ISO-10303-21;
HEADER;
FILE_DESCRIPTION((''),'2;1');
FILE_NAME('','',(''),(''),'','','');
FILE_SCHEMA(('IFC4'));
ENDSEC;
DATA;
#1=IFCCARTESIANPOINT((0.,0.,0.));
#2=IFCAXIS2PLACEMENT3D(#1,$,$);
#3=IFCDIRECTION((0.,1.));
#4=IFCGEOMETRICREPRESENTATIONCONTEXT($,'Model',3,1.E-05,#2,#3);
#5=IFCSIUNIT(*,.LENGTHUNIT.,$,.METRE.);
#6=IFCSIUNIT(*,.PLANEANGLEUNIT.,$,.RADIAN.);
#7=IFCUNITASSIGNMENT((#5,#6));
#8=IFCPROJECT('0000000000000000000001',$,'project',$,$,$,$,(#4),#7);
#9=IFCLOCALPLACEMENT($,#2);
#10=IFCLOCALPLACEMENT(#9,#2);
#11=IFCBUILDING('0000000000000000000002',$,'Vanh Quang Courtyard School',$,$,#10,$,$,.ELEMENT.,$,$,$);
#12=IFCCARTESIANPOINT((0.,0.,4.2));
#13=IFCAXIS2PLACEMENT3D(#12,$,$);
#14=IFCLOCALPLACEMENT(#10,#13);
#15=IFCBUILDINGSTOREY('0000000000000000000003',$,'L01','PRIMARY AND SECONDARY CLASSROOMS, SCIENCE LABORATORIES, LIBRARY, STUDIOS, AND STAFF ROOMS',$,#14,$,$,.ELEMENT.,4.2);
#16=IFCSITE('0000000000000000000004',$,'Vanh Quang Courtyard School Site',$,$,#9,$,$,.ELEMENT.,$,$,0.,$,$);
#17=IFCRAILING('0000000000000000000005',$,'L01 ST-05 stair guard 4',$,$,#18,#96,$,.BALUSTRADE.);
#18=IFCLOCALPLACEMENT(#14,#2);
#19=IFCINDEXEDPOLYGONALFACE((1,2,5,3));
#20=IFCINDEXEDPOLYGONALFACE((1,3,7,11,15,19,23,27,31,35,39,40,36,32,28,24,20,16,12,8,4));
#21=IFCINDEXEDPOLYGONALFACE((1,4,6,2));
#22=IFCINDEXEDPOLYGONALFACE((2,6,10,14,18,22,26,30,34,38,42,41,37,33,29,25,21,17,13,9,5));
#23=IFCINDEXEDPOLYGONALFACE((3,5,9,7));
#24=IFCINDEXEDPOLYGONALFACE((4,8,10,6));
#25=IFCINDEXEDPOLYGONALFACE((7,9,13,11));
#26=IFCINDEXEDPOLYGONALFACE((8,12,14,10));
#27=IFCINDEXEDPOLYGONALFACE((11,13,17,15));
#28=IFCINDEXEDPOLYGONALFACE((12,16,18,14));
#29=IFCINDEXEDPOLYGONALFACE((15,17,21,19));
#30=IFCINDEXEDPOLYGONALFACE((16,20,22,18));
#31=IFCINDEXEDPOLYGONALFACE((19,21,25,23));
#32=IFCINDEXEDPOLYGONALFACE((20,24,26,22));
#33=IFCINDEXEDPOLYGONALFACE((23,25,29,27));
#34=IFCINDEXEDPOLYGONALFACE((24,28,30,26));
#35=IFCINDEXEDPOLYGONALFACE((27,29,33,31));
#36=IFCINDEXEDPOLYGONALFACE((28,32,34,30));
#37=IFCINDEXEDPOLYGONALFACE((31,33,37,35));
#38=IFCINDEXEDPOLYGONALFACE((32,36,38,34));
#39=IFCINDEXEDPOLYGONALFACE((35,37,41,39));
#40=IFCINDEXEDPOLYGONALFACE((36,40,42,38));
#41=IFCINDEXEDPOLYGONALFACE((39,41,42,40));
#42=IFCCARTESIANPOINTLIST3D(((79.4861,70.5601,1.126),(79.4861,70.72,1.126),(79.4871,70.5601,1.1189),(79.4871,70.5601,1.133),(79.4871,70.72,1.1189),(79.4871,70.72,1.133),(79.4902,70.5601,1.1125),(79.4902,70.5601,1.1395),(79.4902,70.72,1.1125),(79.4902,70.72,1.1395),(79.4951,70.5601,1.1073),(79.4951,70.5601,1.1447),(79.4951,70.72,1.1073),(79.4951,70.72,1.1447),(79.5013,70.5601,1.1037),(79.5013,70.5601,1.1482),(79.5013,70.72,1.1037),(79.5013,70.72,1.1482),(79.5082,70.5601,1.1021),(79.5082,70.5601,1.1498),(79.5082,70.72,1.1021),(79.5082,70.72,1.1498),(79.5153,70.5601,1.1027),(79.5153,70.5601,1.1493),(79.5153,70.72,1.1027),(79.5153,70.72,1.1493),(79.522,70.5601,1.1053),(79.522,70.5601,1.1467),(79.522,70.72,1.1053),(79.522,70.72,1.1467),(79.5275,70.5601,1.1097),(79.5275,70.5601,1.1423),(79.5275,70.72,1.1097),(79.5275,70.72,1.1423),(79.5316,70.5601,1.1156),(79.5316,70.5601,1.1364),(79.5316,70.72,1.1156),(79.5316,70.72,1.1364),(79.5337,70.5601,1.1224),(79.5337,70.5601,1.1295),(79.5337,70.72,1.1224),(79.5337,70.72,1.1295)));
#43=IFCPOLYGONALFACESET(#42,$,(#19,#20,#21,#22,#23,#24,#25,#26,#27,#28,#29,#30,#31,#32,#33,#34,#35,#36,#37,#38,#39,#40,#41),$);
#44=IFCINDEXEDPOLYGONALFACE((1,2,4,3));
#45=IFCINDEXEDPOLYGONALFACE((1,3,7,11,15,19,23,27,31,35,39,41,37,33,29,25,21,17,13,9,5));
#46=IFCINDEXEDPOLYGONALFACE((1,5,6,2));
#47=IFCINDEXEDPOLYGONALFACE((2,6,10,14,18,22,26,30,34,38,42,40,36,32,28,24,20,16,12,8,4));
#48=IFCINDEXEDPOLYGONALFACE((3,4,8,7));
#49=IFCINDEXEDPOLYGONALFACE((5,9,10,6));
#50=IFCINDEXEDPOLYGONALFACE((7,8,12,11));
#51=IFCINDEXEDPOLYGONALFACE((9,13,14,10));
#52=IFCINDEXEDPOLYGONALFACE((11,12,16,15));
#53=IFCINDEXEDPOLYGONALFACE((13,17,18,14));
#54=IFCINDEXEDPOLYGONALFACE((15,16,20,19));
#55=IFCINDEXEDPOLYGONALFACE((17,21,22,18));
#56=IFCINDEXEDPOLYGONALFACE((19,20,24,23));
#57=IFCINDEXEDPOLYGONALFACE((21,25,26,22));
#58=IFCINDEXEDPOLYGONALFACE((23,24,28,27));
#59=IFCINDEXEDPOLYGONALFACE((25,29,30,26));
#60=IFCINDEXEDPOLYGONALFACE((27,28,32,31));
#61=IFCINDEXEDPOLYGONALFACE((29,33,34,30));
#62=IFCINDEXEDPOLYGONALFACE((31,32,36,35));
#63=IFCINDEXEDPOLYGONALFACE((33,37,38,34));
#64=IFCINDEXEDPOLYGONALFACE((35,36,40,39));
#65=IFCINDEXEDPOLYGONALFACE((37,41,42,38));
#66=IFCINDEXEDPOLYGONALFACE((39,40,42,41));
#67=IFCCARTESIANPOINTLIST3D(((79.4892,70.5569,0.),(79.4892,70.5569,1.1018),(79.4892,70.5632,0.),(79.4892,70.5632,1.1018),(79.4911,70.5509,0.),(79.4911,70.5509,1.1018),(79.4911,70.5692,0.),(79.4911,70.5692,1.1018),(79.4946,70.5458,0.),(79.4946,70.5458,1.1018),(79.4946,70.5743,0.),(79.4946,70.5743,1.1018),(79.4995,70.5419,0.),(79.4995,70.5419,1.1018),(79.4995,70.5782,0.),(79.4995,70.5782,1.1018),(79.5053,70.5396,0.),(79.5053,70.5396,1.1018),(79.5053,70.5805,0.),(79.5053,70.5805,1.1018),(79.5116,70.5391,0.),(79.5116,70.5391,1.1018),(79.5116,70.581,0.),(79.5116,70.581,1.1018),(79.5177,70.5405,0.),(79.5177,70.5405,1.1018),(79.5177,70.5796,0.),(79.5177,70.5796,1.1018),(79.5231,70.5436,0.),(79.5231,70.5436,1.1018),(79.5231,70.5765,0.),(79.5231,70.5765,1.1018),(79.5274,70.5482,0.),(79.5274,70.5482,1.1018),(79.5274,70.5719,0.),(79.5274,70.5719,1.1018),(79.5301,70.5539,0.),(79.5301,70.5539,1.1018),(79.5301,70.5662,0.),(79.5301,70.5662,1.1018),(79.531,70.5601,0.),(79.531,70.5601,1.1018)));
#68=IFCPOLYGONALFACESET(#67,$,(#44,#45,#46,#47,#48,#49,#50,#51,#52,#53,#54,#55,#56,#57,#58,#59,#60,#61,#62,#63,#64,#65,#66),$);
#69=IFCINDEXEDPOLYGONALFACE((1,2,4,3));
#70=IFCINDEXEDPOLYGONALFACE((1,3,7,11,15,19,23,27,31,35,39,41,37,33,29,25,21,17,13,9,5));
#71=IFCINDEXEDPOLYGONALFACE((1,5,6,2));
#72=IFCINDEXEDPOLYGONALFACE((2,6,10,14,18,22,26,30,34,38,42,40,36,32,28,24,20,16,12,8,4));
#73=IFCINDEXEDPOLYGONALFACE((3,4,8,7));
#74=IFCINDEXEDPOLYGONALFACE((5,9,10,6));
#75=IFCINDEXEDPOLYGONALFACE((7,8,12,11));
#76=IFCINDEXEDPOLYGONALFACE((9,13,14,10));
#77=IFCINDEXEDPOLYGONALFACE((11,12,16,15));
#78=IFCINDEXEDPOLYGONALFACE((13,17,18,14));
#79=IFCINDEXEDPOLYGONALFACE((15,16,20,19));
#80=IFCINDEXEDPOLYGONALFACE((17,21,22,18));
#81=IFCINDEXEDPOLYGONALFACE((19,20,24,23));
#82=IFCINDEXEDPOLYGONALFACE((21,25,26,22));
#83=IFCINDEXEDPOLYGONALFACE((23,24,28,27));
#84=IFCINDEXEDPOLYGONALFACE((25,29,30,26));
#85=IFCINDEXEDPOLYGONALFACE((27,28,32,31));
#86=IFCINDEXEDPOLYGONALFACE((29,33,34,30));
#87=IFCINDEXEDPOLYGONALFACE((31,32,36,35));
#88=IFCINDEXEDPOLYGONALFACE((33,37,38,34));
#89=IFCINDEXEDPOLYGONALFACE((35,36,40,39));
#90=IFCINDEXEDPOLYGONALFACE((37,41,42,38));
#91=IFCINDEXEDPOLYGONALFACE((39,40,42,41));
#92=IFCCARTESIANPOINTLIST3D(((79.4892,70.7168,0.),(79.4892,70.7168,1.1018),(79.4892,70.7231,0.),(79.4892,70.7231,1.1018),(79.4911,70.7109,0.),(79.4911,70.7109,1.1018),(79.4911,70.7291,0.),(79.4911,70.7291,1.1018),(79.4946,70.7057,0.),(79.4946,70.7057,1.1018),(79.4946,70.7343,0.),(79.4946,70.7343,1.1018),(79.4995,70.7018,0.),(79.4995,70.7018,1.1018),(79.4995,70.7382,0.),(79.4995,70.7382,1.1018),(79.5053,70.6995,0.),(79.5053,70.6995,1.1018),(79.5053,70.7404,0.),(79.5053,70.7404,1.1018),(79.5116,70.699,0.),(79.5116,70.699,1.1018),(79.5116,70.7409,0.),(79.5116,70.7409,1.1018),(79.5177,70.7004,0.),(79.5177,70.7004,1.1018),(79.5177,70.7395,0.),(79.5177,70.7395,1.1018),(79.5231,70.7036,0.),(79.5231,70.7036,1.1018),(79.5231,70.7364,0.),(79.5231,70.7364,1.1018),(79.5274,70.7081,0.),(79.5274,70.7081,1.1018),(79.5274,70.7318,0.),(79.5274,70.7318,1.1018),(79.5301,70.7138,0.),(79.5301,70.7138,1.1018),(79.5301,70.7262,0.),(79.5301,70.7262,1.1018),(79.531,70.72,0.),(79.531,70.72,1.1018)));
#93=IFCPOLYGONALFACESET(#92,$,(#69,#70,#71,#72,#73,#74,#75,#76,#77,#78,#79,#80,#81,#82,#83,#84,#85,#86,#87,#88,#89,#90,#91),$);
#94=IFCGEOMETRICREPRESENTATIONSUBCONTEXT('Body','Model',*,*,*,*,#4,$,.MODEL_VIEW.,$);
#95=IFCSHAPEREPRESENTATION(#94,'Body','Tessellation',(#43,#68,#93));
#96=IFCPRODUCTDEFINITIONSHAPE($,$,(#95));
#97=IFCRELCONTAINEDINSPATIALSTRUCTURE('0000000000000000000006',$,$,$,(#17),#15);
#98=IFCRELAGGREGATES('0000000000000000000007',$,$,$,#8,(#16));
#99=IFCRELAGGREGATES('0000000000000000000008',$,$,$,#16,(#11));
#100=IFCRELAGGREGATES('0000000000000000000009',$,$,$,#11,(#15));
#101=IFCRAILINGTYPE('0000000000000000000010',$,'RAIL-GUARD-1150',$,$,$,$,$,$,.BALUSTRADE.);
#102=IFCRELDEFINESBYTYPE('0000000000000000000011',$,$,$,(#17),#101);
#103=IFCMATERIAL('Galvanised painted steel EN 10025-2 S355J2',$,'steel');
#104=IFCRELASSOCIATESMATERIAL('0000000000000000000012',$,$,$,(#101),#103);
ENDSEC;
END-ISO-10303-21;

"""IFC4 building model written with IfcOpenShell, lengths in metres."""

from ifc_helpers import new_model, si_unit, direction, frame, origin, origin_2d, place, context, subcontext, project, spatial, circle, extrude, material, type_object, element, save


model = new_model("IFC4")

# Units and contexts
model_context = context("Model", 3, precision=1e-05, world=origin(), true_north=direction((0.0, 1.0)))
body_context = subcontext(model_context, "Body", "Model", "MODEL_VIEW")
ifc_project = project(units=[si_unit("LENGTHUNIT", "METRE"), si_unit("PLANEANGLEUNIT", "RADIAN")], contexts=[model_context])

# Site, building, storey
site_placement = place(None, origin())
site = spatial("IfcSite", under=ifc_project, at=site_placement, Name="Vanh Quang Courtyard School Site", CompositionType="ELEMENT", RefElevation=0.0)
building_placement = place(site_placement, origin())
building = spatial("IfcBuilding", under=site, at=building_placement, Name="Vanh Quang Courtyard School", CompositionType="ELEMENT")
storey_placement = place(building_placement, frame((0.0, 0.0, 4.2)))
storey = spatial("IfcBuildingStorey", under=building, at=storey_placement, Name="L01", Description="PRIMARY AND SECONDARY CLASSROOMS, SCIENCE LABORATORIES, LIBRARY, STUDIOS, AND STAFF ROOMS", CompositionType="ELEMENT", Elevation=4.2)

# Railing
ifc_material_1 = material(Name="Galvanised painted steel EN 10025-2 S355J2", Category="steel")
railing_type_1 = type_object("IfcRailingType", Name="RAIL-GUARD-1150", PredefinedType="BALUSTRADE", material=ifc_material_1)
railing_1_placement = place(storey_placement, frame((79.51, 70.5601, 0.0)))
element("IfcRailing", 1, at=railing_1_placement, inside=storey, type_object=railing_type_1, Name="L01 ST-05 stair guard 4", PredefinedType="BALUSTRADE", context=body_context, shape_type="SweptSolid", body=[
    extrude(circle(Radius=0.0239, at=origin_2d()), frame((0.0, 0.0, 1.126), z_axis=(0.0, 1.0, 0.0), x_axis=(-1.0, 0.0, 0.0)), (0.0, 0.0, 1.0), 0.1599),
    extrude(circle(Radius=0.021, at=origin_2d()), origin(), (0.0, 0.0, 1.0), 1.1018),
    extrude(circle(Radius=0.021, at=origin_2d()), frame((0.0, 0.1599, 0.0)), (0.0, 0.0, 1.0), 1.1018),
])

save(model, "model.ifc")
